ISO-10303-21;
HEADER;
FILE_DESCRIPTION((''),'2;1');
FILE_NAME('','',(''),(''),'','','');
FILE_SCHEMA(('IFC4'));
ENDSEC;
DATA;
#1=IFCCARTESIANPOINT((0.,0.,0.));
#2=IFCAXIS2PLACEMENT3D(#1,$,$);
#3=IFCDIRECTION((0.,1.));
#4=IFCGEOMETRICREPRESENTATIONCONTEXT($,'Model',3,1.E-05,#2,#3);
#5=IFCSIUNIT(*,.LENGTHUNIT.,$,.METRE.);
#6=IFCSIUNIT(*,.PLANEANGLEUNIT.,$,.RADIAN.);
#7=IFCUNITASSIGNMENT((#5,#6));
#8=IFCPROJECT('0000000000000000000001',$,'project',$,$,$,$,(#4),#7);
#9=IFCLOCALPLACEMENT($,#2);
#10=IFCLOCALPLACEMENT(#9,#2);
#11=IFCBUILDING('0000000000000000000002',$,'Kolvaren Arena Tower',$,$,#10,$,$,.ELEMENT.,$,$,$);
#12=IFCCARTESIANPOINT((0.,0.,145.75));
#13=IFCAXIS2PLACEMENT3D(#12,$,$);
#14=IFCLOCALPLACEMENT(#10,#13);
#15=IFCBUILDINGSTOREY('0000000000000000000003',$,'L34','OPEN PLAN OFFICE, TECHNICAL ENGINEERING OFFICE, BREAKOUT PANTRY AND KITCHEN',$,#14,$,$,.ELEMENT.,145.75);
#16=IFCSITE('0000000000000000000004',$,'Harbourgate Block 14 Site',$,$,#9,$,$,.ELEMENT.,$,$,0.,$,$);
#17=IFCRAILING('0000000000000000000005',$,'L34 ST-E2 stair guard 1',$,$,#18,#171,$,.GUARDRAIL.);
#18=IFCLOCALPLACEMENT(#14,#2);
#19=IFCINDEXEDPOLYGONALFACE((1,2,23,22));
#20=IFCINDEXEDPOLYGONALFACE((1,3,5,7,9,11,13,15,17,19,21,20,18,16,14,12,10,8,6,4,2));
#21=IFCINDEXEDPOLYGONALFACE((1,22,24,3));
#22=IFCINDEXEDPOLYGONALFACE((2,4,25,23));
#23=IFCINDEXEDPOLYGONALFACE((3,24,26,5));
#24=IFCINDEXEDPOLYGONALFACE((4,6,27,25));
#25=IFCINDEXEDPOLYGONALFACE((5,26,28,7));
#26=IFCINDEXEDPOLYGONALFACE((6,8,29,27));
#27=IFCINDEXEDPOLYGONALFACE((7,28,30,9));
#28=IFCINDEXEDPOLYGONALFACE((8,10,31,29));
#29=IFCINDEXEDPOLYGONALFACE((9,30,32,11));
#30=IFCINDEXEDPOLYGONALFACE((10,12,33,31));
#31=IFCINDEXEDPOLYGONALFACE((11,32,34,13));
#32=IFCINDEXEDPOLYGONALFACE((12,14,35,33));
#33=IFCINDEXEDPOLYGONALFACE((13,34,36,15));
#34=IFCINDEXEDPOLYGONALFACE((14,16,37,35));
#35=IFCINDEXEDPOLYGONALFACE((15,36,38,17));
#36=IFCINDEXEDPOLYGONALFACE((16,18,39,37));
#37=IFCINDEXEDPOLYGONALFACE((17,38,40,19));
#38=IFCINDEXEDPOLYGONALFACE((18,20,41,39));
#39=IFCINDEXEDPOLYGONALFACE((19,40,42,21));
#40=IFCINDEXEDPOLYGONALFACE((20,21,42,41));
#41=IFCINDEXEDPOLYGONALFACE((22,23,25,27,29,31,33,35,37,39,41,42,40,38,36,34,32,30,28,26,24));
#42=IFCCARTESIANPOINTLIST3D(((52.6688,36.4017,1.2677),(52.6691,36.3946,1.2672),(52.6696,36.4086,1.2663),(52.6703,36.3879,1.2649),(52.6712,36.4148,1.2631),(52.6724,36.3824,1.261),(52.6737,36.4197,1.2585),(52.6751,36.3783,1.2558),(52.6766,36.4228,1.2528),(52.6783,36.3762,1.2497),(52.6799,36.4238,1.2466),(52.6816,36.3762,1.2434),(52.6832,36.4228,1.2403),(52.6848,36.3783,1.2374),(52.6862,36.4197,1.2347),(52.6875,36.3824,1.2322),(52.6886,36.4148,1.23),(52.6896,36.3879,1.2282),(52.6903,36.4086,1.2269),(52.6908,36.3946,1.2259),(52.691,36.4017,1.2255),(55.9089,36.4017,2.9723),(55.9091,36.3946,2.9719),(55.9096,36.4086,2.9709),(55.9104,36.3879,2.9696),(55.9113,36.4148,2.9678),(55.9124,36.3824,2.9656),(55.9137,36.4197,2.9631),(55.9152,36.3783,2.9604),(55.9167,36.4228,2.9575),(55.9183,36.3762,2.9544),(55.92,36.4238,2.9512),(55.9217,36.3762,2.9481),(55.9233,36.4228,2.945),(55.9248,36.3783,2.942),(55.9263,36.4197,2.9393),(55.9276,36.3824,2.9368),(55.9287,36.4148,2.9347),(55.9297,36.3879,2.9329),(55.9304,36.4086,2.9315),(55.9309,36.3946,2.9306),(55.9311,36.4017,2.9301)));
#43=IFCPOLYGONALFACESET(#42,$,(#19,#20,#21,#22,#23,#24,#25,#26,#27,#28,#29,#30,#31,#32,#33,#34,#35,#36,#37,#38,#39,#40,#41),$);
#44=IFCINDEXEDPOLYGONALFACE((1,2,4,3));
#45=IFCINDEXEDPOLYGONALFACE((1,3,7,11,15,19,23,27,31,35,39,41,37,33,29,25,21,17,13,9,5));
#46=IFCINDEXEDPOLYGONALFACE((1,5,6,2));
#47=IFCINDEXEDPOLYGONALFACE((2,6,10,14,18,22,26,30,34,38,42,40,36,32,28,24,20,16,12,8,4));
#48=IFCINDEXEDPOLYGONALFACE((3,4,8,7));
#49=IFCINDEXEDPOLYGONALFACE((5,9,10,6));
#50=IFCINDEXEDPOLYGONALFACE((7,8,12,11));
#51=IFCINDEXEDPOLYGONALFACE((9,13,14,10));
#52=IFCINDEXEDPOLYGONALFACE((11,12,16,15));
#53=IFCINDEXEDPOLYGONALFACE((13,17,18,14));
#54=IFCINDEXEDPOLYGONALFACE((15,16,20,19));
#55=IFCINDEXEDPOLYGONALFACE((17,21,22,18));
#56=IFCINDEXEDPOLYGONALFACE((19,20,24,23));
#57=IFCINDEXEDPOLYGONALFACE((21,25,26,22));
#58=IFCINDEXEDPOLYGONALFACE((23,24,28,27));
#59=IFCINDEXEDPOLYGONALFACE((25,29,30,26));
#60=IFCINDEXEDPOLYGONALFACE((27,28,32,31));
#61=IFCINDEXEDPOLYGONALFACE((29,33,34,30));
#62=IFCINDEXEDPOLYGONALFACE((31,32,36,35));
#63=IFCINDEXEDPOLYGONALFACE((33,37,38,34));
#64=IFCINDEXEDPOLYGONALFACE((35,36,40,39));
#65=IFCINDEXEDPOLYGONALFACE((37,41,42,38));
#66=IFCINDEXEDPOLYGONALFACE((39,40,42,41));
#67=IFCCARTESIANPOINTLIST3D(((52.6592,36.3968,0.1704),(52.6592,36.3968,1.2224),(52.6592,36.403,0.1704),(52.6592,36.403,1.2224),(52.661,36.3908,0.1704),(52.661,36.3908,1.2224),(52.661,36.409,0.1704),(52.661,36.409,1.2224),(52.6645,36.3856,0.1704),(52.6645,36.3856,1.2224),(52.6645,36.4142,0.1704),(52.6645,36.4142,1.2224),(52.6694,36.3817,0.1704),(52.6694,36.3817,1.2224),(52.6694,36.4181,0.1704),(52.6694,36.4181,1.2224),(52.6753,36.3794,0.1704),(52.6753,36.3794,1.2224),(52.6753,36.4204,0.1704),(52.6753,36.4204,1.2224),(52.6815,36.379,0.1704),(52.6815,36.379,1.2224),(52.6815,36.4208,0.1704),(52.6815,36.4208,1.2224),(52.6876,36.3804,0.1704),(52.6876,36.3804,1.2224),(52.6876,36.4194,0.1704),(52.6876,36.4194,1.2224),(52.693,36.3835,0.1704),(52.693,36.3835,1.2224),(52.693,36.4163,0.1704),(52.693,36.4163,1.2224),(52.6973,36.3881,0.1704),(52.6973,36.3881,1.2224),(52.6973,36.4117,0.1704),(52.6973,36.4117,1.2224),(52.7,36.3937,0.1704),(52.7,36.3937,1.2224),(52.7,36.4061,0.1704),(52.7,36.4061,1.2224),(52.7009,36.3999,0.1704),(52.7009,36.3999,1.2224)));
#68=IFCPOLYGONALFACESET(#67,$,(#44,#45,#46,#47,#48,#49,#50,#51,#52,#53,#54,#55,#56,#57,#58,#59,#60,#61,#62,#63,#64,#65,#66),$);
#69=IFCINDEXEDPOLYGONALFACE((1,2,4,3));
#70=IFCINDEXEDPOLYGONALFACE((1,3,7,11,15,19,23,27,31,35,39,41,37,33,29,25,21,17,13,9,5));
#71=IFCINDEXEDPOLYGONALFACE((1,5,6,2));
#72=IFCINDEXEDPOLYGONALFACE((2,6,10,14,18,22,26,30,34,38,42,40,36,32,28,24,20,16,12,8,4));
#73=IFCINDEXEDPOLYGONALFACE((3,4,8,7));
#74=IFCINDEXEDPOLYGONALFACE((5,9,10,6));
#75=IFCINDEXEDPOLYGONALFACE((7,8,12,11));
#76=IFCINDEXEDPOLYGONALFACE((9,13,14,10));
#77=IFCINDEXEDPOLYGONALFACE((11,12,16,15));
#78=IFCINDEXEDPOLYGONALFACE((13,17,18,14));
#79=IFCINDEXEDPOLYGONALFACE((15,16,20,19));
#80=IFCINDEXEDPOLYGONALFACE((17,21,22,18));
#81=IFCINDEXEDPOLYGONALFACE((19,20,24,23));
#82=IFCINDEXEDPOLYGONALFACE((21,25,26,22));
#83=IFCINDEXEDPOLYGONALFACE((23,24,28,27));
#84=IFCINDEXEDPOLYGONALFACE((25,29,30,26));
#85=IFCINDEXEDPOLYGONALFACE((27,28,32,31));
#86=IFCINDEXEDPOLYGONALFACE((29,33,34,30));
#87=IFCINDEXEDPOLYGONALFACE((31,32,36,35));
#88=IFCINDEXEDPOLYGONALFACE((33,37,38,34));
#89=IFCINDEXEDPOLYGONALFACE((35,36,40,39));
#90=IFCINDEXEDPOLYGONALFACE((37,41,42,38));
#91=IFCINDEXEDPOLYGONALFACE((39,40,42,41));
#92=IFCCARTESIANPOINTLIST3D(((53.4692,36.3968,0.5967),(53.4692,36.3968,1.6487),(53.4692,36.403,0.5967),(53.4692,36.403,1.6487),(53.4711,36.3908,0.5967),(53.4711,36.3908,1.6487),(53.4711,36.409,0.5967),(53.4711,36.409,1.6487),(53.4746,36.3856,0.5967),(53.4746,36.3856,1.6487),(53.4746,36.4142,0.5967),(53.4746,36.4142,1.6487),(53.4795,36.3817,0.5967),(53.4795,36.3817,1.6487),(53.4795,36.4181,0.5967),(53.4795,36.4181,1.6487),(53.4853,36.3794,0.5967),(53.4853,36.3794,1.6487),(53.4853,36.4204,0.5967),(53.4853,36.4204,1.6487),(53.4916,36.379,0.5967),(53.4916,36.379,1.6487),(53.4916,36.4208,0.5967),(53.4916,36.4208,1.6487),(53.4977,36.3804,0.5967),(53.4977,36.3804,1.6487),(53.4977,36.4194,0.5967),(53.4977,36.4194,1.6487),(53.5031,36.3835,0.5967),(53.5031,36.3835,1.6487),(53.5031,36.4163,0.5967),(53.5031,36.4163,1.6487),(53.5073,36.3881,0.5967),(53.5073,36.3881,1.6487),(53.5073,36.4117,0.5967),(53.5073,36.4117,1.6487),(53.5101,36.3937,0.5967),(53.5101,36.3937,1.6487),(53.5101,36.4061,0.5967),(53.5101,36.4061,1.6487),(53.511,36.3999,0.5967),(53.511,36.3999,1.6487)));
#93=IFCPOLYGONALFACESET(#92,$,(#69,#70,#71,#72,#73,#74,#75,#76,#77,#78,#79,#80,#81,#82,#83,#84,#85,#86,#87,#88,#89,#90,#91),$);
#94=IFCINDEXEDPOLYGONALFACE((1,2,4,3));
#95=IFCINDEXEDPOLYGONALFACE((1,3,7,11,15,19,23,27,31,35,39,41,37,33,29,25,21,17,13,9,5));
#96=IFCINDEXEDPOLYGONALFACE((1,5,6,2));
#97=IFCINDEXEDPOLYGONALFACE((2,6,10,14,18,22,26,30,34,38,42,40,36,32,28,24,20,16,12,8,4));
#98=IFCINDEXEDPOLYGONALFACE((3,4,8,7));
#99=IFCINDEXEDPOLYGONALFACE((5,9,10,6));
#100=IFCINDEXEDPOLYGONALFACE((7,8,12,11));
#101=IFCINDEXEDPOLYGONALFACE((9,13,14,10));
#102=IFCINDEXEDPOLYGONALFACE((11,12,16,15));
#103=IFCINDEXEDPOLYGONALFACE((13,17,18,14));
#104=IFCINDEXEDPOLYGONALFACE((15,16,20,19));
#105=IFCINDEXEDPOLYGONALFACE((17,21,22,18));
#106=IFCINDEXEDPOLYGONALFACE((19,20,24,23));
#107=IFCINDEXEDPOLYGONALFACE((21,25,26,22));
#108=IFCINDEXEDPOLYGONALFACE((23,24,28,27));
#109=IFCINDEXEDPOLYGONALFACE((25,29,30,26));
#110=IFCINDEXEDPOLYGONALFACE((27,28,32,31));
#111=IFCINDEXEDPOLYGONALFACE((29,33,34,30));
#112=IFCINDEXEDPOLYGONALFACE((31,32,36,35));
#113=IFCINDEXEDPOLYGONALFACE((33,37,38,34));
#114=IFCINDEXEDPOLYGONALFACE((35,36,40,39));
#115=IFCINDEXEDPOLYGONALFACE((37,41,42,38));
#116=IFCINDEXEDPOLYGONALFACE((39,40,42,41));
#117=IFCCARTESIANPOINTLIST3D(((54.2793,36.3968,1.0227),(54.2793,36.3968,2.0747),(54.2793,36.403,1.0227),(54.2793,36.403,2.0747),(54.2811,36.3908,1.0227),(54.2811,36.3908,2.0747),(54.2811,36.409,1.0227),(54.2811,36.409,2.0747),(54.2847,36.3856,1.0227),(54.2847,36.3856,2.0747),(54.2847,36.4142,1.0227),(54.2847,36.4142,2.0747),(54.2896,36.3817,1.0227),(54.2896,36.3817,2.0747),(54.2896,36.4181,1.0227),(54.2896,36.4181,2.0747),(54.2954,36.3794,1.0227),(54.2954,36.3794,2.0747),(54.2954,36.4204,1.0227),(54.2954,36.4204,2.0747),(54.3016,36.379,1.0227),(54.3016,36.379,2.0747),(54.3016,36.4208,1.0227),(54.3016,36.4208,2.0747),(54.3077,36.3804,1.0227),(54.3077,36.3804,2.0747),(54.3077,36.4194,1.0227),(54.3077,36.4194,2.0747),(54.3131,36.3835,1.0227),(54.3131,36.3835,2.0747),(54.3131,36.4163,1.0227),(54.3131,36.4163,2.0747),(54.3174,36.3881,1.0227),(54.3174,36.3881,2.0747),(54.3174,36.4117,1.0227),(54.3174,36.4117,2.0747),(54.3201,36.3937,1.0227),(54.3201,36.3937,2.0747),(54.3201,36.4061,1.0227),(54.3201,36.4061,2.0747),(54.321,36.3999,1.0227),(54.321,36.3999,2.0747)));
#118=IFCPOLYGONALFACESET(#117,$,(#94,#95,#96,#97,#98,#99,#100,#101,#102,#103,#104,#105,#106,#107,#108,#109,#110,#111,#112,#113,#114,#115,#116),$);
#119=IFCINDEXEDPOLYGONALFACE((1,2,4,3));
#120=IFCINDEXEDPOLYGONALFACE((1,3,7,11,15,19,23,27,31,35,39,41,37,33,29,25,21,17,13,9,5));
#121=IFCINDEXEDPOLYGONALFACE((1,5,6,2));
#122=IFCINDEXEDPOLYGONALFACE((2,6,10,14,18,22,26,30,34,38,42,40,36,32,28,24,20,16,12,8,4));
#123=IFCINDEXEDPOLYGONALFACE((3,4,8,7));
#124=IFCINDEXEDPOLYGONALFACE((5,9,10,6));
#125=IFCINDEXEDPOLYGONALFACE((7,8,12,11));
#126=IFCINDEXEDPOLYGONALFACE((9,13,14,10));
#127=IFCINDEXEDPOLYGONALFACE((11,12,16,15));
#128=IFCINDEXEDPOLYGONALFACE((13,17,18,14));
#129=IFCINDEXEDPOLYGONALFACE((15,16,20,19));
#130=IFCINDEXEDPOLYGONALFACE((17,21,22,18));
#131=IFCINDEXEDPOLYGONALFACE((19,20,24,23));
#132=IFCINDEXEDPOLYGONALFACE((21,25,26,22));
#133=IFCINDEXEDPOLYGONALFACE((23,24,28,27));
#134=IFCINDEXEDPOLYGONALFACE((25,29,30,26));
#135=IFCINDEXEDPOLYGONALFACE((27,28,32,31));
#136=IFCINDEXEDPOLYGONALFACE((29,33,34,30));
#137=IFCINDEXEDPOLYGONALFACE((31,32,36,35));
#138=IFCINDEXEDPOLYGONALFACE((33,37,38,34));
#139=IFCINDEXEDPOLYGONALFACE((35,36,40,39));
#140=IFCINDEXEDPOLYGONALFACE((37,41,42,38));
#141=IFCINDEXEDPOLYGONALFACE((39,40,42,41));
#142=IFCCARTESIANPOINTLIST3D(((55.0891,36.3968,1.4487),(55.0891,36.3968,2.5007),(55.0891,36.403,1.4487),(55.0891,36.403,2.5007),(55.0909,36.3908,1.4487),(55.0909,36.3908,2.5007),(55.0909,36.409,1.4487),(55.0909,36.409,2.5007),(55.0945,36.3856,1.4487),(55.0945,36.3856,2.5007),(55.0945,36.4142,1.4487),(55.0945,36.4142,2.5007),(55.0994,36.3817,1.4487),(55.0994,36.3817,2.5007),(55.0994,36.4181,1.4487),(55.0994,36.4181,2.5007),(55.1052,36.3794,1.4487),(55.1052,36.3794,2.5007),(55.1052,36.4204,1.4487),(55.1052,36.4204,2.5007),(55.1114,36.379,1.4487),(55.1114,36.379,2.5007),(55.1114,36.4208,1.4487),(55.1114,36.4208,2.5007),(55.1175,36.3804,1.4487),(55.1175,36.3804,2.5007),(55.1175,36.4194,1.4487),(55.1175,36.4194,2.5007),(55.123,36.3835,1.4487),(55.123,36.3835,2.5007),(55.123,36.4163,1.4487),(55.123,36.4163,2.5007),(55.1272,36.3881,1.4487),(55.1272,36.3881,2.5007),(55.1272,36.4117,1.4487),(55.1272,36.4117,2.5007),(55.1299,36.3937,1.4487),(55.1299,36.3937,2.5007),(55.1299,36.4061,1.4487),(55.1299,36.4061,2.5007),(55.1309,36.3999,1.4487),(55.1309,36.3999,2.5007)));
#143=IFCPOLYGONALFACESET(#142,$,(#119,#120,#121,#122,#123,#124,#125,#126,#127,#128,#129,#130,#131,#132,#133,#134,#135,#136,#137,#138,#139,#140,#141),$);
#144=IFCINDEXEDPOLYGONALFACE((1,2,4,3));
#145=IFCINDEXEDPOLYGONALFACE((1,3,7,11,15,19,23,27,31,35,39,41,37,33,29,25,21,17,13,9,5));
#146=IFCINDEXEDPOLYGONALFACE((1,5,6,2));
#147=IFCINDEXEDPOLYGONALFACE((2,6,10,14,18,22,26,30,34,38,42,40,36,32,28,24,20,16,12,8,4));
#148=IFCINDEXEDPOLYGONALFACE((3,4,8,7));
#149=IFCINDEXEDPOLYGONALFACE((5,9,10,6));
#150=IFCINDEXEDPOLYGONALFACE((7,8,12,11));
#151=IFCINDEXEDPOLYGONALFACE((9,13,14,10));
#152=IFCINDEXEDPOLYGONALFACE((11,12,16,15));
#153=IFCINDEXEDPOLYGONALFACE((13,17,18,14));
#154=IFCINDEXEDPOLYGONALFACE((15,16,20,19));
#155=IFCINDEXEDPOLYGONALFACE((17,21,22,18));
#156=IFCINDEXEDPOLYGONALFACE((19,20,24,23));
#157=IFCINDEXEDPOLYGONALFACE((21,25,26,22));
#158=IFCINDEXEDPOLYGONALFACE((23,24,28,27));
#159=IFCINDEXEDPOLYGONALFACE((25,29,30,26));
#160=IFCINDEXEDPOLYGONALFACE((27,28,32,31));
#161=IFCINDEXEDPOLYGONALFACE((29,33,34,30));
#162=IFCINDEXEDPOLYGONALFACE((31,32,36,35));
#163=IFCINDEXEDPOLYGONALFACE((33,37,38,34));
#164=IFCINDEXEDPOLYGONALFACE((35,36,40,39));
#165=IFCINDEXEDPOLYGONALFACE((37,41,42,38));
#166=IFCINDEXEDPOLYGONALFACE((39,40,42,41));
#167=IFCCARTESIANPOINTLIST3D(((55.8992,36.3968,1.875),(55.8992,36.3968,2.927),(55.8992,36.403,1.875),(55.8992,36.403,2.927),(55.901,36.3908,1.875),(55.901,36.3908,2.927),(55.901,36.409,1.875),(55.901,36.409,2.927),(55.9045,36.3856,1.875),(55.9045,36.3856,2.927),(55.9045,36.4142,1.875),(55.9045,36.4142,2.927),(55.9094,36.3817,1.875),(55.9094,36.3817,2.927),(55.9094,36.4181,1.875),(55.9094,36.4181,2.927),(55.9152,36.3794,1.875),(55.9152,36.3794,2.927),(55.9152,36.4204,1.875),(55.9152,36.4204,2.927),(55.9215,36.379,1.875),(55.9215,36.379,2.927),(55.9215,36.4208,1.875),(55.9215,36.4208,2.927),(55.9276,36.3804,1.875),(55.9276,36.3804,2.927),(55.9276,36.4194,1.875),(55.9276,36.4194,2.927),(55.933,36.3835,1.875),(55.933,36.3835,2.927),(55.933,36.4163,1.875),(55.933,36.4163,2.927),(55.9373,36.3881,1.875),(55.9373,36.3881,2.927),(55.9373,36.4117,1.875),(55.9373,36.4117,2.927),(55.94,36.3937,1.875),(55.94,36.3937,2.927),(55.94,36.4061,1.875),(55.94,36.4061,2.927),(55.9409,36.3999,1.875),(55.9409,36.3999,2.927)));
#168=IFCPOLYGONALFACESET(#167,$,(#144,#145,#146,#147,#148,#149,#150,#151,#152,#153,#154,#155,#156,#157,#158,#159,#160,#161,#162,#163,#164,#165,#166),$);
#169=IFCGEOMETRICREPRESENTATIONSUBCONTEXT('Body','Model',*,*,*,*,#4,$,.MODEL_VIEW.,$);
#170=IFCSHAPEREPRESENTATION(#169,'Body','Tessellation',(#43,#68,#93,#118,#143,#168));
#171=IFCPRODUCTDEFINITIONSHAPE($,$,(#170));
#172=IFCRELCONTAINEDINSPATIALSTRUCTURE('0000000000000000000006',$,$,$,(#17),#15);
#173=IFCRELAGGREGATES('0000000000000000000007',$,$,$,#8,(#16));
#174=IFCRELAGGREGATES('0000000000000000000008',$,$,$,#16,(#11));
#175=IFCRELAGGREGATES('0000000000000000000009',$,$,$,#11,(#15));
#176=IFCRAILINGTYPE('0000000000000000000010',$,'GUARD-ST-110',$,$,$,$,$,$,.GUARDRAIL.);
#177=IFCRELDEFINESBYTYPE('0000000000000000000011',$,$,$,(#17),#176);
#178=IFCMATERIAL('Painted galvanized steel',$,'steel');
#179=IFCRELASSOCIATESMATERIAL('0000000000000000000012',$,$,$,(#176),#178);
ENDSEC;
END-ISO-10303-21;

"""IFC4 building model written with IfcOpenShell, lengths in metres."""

from ifc_helpers import new_model, si_unit, direction, frame, origin, origin_2d, place, context, subcontext, project, spatial, circle, extrude, material, type_object, element, save


model = new_model("IFC4")

# Units and contexts
model_context = context("Model", 3, precision=1e-05, world=origin(), true_north=direction((0.0, 1.0)))
body_context = subcontext(model_context, "Body", "Model", "MODEL_VIEW")
ifc_project = project(units=[si_unit("LENGTHUNIT", "METRE"), si_unit("PLANEANGLEUNIT", "RADIAN")], contexts=[model_context])

# Site, building, storey
site_placement = place(None, origin())
site = spatial("IfcSite", under=ifc_project, at=site_placement, Name="Harbourgate Block 14 Site", CompositionType="ELEMENT", RefElevation=0.0)
building_placement = place(site_placement, origin())
building = spatial("IfcBuilding", under=site, at=building_placement, Name="Kolvaren Arena Tower", CompositionType="ELEMENT")
storey_placement = place(building_placement, frame((0.0, 0.0, 145.75)))
storey = spatial("IfcBuildingStorey", under=building, at=storey_placement, Name="L34", Description="OPEN PLAN OFFICE, TECHNICAL ENGINEERING OFFICE, BREAKOUT PANTRY AND KITCHEN", CompositionType="ELEMENT", Elevation=145.75)

# Railing
ifc_material_1 = material(Name="Painted galvanized steel", Category="steel")
railing_type_1 = type_object("IfcRailingType", Name="GUARD-ST-110", PredefinedType="GUARDRAIL", material=ifc_material_1)
railing_1_placement = place(storey_placement, frame((52.6799, 36.3999, 0.1704)))
element("IfcRailing", 1, at=railing_1_placement, inside=storey, type_object=railing_type_1, Name="L34 ST-E2 stair guard 1", PredefinedType="GUARDRAIL", context=body_context, shape_type="SweptSolid", body=[
    extrude(circle(Radius=0.0239, at=origin_2d()), frame((0.0, 0.0, 1.0762), z_axis=(0.884993, 0.0, 0.465604), x_axis=(0.0, 1.0, 0.0)), (0.0, 0.0, 1.0), 3.6611),
    extrude(circle(Radius=0.021, at=origin_2d()), origin(), (0.0, 0.0, 1.0), 1.052),
    extrude(circle(Radius=0.021, at=origin_2d()), frame((0.8101, 0.0, 0.4263)), (0.0, 0.0, 1.0), 1.052),
    extrude(circle(Radius=0.021, at=origin_2d()), frame((1.6201, 0.0, 0.8523)), (0.0, 0.0, 1.0), 1.052),
    extrude(circle(Radius=0.021, at=origin_2d()), frame((2.4299, 0.0, 1.2783)), (0.0, 0.0, 1.0), 1.052),
    extrude(circle(Radius=0.021, at=origin_2d()), frame((3.24, 0.0, 1.7046)), (0.0, 0.0, 1.0), 1.052),
])

save(model, "model.ifc")
